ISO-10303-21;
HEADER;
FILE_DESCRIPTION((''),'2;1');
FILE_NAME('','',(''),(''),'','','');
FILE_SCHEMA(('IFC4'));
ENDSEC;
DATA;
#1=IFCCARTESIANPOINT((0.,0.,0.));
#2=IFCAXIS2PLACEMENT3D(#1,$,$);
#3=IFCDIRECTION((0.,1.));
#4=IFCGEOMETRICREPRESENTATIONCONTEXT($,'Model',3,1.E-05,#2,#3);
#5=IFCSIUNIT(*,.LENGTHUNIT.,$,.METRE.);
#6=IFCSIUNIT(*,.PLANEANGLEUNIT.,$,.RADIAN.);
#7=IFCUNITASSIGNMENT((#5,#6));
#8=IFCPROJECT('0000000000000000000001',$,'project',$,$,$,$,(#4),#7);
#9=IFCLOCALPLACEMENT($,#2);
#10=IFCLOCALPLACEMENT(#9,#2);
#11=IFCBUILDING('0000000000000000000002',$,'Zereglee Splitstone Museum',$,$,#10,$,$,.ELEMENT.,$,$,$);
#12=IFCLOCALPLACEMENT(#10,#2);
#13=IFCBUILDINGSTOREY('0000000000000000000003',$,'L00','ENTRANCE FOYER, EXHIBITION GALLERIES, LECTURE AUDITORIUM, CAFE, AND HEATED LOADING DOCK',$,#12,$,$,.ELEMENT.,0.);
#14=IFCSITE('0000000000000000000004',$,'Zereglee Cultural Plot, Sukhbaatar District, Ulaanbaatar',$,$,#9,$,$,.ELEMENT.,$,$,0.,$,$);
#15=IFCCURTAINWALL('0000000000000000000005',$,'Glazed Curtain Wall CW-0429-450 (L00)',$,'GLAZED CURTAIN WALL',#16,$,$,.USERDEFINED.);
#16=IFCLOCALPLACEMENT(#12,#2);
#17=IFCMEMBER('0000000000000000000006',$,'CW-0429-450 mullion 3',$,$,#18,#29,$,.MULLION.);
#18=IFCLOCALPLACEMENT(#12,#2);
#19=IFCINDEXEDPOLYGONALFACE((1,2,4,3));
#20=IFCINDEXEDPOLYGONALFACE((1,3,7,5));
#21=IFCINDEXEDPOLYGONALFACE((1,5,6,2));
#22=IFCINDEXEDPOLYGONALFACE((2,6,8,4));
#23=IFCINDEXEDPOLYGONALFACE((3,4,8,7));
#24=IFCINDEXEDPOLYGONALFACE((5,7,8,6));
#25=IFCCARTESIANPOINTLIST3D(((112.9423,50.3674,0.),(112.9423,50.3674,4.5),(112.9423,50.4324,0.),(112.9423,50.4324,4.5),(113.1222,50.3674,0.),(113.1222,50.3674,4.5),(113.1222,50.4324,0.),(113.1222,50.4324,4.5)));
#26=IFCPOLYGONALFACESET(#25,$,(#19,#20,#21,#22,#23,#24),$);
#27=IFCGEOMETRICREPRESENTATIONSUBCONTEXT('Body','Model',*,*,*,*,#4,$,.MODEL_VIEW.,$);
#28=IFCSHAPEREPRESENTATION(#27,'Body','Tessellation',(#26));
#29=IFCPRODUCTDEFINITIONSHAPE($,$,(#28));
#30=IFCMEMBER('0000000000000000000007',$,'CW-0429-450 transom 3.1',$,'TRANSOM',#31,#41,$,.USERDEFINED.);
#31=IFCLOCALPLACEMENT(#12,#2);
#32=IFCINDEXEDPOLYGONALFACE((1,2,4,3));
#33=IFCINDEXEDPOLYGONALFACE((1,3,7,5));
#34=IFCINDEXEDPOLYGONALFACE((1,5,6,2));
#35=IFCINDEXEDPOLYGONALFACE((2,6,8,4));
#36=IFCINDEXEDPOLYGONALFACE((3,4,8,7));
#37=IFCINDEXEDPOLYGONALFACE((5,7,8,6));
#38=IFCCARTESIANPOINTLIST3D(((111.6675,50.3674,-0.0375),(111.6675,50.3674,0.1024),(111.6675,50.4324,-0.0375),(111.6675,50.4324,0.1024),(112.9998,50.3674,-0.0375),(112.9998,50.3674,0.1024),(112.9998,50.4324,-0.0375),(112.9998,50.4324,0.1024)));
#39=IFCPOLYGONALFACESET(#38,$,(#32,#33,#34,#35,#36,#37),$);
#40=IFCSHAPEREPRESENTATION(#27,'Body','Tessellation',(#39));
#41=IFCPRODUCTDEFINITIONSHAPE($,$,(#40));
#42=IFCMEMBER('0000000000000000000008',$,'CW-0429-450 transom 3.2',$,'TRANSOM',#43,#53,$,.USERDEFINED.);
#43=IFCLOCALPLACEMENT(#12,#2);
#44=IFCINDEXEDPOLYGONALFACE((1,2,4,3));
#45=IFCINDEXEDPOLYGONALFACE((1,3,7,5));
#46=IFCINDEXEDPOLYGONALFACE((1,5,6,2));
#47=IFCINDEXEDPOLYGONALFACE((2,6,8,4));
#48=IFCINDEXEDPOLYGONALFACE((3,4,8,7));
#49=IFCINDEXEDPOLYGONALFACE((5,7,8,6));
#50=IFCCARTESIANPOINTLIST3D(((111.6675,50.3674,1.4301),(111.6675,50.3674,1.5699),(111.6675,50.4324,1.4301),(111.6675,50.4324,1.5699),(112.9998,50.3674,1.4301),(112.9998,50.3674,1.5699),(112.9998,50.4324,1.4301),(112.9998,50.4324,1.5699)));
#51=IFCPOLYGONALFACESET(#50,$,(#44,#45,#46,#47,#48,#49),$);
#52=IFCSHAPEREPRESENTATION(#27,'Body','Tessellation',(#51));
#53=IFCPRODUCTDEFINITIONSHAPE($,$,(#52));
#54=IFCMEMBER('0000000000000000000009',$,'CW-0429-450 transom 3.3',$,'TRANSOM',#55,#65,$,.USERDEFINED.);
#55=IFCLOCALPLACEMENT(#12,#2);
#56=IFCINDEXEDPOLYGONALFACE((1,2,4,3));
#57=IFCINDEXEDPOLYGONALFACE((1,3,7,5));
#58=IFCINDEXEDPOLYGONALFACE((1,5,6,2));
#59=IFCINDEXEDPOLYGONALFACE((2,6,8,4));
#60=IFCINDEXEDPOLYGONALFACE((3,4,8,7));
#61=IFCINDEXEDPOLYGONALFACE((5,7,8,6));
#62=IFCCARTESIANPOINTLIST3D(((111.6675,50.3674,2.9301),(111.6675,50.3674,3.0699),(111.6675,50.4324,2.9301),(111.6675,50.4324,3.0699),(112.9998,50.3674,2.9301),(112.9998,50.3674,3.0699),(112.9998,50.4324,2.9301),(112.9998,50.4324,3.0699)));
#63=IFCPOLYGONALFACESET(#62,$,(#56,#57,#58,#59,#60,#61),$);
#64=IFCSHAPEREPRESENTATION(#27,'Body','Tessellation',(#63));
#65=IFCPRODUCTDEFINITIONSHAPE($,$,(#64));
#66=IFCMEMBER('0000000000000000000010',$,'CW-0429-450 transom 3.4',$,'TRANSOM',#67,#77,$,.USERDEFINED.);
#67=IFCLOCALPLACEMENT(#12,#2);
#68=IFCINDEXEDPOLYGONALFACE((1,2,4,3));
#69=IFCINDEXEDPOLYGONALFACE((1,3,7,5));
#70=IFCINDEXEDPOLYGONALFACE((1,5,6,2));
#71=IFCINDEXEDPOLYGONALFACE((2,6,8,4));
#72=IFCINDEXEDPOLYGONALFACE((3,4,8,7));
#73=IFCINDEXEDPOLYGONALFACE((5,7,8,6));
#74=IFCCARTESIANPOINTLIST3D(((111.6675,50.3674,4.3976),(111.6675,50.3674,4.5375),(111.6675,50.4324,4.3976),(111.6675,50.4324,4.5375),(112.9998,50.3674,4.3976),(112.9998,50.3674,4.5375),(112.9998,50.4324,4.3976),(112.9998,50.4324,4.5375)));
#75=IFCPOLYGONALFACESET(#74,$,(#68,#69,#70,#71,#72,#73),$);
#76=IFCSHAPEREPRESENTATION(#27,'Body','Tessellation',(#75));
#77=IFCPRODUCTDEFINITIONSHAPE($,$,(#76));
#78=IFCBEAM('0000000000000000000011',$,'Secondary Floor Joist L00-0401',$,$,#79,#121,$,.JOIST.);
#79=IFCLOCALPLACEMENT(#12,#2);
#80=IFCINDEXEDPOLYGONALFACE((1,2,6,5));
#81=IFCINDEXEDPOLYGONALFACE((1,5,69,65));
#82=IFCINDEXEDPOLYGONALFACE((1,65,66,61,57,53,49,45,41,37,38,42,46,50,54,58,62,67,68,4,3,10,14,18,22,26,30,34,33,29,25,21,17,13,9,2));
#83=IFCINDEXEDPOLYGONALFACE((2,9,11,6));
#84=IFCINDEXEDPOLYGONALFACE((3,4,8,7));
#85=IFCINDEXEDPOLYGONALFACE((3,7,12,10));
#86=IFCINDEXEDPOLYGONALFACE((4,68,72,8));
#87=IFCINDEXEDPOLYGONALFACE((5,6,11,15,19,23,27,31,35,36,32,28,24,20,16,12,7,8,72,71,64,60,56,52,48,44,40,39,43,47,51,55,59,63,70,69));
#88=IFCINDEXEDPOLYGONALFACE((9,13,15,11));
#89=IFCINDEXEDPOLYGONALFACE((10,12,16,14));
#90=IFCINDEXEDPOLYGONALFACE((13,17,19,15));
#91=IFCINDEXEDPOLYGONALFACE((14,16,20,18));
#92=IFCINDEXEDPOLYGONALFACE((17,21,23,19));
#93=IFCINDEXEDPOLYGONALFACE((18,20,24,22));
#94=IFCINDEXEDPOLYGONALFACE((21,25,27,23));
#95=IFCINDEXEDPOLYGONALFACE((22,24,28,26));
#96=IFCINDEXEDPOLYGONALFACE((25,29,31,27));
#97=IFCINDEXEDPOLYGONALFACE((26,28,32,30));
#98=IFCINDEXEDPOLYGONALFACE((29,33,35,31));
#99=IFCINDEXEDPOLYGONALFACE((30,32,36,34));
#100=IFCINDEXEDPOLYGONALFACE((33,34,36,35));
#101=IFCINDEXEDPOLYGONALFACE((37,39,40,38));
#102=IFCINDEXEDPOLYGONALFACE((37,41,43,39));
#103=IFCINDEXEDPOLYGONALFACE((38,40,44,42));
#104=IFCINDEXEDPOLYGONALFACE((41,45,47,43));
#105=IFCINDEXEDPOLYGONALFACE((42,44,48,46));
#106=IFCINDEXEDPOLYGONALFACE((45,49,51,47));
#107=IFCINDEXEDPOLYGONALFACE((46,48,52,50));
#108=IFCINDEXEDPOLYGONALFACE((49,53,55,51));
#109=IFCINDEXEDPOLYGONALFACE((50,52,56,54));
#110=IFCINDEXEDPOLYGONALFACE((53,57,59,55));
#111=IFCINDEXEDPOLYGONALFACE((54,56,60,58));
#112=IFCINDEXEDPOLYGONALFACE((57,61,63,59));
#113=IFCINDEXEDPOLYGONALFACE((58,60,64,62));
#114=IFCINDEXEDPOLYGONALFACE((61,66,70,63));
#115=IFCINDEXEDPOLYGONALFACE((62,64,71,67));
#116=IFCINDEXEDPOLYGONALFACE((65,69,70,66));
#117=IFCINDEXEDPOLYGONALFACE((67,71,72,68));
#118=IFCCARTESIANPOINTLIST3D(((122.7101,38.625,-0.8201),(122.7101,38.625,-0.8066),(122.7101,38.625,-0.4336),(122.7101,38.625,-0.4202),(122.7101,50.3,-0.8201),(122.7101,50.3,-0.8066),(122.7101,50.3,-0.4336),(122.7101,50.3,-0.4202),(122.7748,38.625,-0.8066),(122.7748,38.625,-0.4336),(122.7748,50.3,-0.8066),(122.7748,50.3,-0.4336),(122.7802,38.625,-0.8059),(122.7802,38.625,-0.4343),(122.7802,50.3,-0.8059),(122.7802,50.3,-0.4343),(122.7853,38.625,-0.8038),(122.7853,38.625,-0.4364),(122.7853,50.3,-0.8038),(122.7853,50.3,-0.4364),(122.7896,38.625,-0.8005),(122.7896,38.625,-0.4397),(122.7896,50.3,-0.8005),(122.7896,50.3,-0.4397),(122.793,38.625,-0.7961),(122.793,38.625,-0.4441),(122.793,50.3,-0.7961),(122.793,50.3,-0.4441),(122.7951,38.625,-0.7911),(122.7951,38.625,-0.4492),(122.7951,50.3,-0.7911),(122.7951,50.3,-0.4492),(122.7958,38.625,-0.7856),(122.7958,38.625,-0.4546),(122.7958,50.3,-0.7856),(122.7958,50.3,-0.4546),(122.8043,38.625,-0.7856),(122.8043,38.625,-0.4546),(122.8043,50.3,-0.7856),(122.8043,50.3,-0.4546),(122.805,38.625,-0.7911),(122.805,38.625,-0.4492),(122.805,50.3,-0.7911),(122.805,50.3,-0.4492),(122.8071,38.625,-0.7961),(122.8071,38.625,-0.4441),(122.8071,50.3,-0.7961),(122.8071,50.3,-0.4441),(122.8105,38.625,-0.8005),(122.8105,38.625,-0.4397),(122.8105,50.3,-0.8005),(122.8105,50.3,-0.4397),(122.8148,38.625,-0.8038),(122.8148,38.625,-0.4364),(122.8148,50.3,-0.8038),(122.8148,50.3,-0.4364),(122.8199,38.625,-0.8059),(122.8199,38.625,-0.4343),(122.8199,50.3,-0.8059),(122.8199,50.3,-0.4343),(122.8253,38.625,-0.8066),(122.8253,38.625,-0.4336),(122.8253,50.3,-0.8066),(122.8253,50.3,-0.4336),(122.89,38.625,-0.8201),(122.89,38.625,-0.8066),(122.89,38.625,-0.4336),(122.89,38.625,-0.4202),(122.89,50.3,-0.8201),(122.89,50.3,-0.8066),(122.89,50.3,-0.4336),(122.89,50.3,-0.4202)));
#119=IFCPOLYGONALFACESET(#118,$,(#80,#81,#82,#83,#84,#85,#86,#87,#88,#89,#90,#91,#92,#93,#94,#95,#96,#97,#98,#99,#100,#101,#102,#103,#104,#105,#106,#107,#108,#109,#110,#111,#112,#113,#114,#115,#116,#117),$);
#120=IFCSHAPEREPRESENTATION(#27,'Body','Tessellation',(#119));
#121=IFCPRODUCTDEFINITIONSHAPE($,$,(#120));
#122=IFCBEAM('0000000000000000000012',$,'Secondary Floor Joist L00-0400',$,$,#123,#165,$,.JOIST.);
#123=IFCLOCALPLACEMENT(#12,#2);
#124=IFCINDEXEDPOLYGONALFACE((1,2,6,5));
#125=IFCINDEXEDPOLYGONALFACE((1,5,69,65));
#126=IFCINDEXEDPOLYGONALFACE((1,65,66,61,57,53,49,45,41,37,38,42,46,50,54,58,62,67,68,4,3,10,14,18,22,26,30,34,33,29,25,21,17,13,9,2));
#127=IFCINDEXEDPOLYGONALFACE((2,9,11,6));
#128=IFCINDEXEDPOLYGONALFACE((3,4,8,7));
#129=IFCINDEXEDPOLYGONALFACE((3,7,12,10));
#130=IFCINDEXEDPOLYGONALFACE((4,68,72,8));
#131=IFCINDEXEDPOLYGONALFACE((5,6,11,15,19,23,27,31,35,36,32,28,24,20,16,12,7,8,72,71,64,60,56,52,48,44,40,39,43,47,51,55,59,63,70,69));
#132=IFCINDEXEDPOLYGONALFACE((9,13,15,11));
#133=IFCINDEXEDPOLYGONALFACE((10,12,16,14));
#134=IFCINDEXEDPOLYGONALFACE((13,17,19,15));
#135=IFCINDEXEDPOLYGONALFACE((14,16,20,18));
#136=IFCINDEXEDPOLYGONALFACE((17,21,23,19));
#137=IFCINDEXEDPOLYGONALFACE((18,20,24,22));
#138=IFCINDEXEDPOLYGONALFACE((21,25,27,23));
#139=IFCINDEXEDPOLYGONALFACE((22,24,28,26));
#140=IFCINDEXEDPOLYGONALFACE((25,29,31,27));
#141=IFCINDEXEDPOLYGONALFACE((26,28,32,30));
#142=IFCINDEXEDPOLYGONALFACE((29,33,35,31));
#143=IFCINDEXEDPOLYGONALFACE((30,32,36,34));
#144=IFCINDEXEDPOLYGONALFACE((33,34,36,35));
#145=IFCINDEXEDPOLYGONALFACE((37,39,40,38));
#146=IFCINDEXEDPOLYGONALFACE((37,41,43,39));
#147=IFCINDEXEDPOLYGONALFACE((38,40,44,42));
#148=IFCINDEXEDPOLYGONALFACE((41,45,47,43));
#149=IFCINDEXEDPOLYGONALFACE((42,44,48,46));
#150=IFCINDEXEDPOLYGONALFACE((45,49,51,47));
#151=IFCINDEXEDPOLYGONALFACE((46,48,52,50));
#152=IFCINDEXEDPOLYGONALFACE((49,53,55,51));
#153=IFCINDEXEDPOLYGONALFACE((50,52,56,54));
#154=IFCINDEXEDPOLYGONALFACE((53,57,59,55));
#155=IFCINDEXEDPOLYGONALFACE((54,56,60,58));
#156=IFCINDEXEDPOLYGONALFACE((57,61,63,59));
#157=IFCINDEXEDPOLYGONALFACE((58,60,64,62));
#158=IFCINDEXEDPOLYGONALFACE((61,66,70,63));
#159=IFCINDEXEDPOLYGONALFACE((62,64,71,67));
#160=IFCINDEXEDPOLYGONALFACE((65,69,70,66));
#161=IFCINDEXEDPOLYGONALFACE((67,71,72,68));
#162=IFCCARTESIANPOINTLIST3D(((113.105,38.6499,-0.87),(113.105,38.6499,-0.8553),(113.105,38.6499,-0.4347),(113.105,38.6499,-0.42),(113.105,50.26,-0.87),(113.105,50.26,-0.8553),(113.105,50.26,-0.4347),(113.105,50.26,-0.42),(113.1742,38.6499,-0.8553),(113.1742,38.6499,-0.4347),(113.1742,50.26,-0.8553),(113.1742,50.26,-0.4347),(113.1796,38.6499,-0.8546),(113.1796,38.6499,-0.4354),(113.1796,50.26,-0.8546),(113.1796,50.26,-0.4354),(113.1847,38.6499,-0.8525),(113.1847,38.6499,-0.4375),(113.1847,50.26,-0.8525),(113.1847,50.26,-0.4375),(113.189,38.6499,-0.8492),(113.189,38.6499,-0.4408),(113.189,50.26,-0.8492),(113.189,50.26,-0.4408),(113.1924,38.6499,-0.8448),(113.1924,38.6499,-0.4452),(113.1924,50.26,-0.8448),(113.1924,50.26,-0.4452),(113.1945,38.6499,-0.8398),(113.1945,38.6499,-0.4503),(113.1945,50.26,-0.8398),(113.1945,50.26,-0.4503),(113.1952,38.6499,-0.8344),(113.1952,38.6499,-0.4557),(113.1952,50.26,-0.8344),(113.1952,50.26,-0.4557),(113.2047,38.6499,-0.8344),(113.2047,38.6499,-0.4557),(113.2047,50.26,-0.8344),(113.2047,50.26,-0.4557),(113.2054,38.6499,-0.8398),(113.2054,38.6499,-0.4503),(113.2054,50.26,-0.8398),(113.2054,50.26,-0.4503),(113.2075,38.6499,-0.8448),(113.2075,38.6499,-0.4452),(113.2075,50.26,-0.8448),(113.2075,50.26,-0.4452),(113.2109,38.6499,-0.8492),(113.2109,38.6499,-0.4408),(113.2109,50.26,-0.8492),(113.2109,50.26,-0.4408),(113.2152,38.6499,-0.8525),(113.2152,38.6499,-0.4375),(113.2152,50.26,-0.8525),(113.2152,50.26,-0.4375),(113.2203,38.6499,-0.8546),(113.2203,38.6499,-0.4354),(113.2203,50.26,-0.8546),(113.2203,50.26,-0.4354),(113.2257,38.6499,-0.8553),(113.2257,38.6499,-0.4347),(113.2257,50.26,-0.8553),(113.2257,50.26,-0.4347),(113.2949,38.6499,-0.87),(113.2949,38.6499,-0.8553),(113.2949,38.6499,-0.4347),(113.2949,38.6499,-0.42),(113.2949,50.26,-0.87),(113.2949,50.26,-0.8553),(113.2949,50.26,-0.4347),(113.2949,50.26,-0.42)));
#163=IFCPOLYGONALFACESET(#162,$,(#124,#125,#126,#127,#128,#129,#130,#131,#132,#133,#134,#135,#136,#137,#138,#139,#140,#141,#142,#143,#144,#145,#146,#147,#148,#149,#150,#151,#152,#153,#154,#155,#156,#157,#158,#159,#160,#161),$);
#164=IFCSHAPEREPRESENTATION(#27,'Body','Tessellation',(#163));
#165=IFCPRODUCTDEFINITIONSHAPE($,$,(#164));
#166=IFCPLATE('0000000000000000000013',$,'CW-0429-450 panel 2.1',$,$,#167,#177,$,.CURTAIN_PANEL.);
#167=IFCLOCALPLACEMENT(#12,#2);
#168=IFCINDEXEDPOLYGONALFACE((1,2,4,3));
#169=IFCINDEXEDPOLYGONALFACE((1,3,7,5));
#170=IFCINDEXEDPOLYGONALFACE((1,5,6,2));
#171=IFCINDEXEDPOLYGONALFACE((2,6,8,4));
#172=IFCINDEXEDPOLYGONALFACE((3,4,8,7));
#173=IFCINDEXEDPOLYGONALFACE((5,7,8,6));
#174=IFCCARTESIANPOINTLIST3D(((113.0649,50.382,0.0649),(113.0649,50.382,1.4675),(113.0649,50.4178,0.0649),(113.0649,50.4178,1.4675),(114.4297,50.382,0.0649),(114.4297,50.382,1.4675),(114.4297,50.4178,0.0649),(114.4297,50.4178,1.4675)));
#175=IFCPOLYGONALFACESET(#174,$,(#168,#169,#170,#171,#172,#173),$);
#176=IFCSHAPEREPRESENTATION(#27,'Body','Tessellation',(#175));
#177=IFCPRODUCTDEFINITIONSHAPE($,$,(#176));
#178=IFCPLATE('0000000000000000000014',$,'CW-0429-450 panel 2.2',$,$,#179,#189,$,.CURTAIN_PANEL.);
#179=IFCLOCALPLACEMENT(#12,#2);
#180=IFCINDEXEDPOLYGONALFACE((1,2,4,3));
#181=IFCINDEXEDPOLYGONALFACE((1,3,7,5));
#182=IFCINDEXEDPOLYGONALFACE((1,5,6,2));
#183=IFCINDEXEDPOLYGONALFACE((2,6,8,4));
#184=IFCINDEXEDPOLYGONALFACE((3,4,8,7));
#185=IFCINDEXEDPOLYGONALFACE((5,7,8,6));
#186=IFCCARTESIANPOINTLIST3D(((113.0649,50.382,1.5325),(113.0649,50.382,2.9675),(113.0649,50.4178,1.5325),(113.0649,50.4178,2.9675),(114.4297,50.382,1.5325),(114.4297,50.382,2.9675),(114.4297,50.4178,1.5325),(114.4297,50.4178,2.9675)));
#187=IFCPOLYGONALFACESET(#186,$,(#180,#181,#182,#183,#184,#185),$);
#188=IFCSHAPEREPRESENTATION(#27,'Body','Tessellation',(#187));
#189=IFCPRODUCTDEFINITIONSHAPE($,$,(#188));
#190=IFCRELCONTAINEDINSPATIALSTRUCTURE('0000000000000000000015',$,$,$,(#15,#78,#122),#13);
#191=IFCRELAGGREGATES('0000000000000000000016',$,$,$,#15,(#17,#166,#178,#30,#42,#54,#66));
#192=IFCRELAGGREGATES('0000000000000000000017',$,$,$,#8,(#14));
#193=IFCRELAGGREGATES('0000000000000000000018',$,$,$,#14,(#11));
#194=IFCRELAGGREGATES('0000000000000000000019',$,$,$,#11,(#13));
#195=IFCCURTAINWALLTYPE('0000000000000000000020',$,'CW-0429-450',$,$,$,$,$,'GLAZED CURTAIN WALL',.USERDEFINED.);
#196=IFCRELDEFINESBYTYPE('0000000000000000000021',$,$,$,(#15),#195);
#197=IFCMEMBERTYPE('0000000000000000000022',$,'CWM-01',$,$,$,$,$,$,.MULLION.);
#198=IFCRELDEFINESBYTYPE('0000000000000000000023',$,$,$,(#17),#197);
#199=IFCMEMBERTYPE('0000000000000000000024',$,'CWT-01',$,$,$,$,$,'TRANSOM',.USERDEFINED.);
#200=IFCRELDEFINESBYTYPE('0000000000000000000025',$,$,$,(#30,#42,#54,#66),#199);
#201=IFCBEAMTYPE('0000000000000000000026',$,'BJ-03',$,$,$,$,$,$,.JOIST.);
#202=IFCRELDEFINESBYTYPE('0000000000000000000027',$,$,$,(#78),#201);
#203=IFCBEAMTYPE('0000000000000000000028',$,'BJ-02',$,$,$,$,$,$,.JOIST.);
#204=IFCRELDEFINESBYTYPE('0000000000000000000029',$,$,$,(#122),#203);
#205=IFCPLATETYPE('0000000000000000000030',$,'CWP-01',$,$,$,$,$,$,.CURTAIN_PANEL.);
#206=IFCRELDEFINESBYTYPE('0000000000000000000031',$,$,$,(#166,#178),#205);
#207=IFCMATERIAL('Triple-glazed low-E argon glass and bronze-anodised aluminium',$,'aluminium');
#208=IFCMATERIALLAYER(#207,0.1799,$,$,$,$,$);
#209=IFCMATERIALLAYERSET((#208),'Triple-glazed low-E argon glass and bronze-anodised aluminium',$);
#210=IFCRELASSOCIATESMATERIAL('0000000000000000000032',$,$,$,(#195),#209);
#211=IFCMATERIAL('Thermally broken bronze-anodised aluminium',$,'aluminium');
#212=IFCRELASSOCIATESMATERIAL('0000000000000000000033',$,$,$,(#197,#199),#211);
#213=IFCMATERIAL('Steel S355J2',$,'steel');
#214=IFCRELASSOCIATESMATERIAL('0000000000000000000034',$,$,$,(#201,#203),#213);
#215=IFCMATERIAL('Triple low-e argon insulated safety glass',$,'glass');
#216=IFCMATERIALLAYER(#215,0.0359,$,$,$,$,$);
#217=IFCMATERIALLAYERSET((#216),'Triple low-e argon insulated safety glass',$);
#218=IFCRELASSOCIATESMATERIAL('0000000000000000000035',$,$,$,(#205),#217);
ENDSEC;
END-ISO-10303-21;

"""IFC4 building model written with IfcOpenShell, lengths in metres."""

from ifc_helpers import new_model, si_unit, direction, frame, origin, origin_2d, place, context, subcontext, project, spatial, rectangle, i_section, extrude, material, layer, layer_set, material_profile, profile_set, type_object, element, aggregate, save


model = new_model("IFC4")

# Units and contexts
model_context = context("Model", 3, precision=1e-05, world=origin(), true_north=direction((0.0, 1.0)))
body_context = subcontext(model_context, "Body", "Model", "MODEL_VIEW")
ifc_project = project(units=[si_unit("LENGTHUNIT", "METRE"), si_unit("PLANEANGLEUNIT", "RADIAN")], contexts=[model_context])

# Site, building, storey
site_placement = place(None, origin())
site = spatial("IfcSite", under=ifc_project, at=site_placement, Name="Zereglee Cultural Plot, Sukhbaatar District, Ulaanbaatar", CompositionType="ELEMENT", RefElevation=0.0)
building_placement = place(site_placement, origin())
building = spatial("IfcBuilding", under=site, at=building_placement, Name="Zereglee Splitstone Museum", CompositionType="ELEMENT")
storey_placement = place(building_placement, origin())
storey = spatial("IfcBuildingStorey", under=building, at=storey_placement, Name="L00", Description="ENTRANCE FOYER, EXHIBITION GALLERIES, LECTURE AUDITORIUM, CAFE, AND HEATED LOADING DOCK", CompositionType="ELEMENT", Elevation=0.0)

# Curtain wall, members
ifc_material_1 = material(Name="Triple-glazed low-E argon glass and bronze-anodised aluminium", Category="aluminium")
ifc_layer_1 = layer(ifc_material_1, 0.1799)
ifc_layer_set_1 = layer_set([ifc_layer_1], Name="Triple-glazed low-E argon glass and bronze-anodised aluminium")
curtain_wall_type = type_object("IfcCurtainWallType", Name="CW-0429-450", ElementType="GLAZED CURTAIN WALL", PredefinedType="USERDEFINED", material=ifc_layer_set_1)
curtain_wall_placement = place(storey_placement, origin())
curtain_wall = element("IfcCurtainWall", 1, at=curtain_wall_placement, inside=storey, type_object=curtain_wall_type, Name="Glazed Curtain Wall CW-0429-450 (L00)", ObjectType="GLAZED CURTAIN WALL", PredefinedType="USERDEFINED")
ifc_material_2 = material(Name="Thermally broken bronze-anodised aluminium", Category="aluminium")
ifc_material_profile_1 = material_profile(ifc_material_2, rectangle(XDim=0.0649, YDim=0.1799, at=origin_2d()), Name="CW MULL 65x180")
ifc_profile_set_1 = profile_set([ifc_material_profile_1], Name="Thermally broken bronze-anodised aluminium")
member_type_1 = type_object("IfcMemberType", Name="CWM-01", PredefinedType="MULLION", material=ifc_profile_set_1)
member_1_placement = place(storey_placement, frame((113.0322, 50.3999, 0.0), z_axis=(0.0, 0.0, 1.0), x_axis=(0.0, -1.0, 0.0)))
member_1 = element("IfcMember", 2, at=member_1_placement, type_object=member_type_1, Name="CW-0429-450 mullion 3", PredefinedType="MULLION", context=body_context, shape_type="SweptSolid", body=[
    extrude(rectangle(XDim=0.0649, YDim=0.1799, at=origin_2d()), origin(), (0.0, 0.0, 1.0), 4.5),
])
ifc_material_profile_2 = material_profile(ifc_material_2, rectangle(XDim=0.0649, YDim=0.1399, at=origin_2d()), Name="CW TRAN 65x140")
ifc_profile_set_2 = profile_set([ifc_material_profile_2], Name="Thermally broken bronze-anodised aluminium")
member_type_2 = type_object("IfcMemberType", Name="CWT-01", ElementType="TRANSOM", PredefinedType="USERDEFINED", material=ifc_profile_set_2)
member_2_placement = place(storey_placement, frame((112.9998, 50.3999, 0.0325), z_axis=(-1.0, 0.0, 0.0), x_axis=(0.0, -1.0, 0.0)))
member_2 = element("IfcMember", 3, at=member_2_placement, type_object=member_type_2, Name="CW-0429-450 transom 3.1", ObjectType="TRANSOM", PredefinedType="USERDEFINED", context=body_context, shape_type="SweptSolid", body=[
    extrude(rectangle(XDim=0.0649, YDim=0.1399, at=origin_2d()), origin(), (0.0, 0.0, 1.0), 1.3323),
])
member_3_placement = place(storey_placement, frame((112.9998, 50.3999, 1.5), z_axis=(-1.0, 0.0, 0.0), x_axis=(0.0, -1.0, 0.0)))
member_3 = element("IfcMember", 4, at=member_3_placement, type_object=member_type_2, Name="CW-0429-450 transom 3.2", ObjectType="TRANSOM", PredefinedType="USERDEFINED", context=body_context, shape_type="SweptSolid", body=[
    extrude(rectangle(XDim=0.0649, YDim=0.1399, at=origin_2d()), origin(), (0.0, 0.0, 1.0), 1.3323),
])
member_4_placement = place(storey_placement, frame((112.9998, 50.3999, 3.0), z_axis=(-1.0, 0.0, 0.0), x_axis=(0.0, -1.0, 0.0)))
member_4 = element("IfcMember", 5, at=member_4_placement, type_object=member_type_2, Name="CW-0429-450 transom 3.3", ObjectType="TRANSOM", PredefinedType="USERDEFINED", context=body_context, shape_type="SweptSolid", body=[
    extrude(rectangle(XDim=0.0649, YDim=0.1399, at=origin_2d()), origin(), (0.0, 0.0, 1.0), 1.3323),
])
member_5_placement = place(storey_placement, frame((112.9998, 50.3999, 4.4675), z_axis=(-1.0, 0.0, 0.0), x_axis=(0.0, -1.0, 0.0)))
member_5 = element("IfcMember", 6, at=member_5_placement, type_object=member_type_2, Name="CW-0429-450 transom 3.4", ObjectType="TRANSOM", PredefinedType="USERDEFINED", context=body_context, shape_type="SweptSolid", body=[
    extrude(rectangle(XDim=0.0649, YDim=0.1399, at=origin_2d()), origin(), (0.0, 0.0, 1.0), 1.3323),
])

# Beams
ifc_material_3 = material(Name="Steel S355J2", Category="steel")
ifc_material_profile_3 = material_profile(ifc_material_3, i_section(OverallWidth=0.1799, OverallDepth=0.3999, WebThickness=0.0085, FlangeThickness=0.0134, FilletRadius=0.021, at=origin_2d()), Name="IPE 400")
ifc_profile_set_3 = profile_set([ifc_material_profile_3], Name="Steel S355J2")
beam_type_1 = type_object("IfcBeamType", Name="BJ-03", PredefinedType="JOIST", material=ifc_profile_set_3)
beam_1_placement = place(storey_placement, frame((122.8, 38.625, -0.6201), z_axis=(0.0, 1.0, 0.0), x_axis=(-1.0, 0.0, 0.0)))
element("IfcBeam", 7, at=beam_1_placement, inside=storey, type_object=beam_type_1, Name="Secondary Floor Joist L00-0401", PredefinedType="JOIST", context=body_context, shape_type="SweptSolid", body=[
    extrude(i_section(OverallWidth=0.1799, OverallDepth=0.3999, WebThickness=0.0085, FlangeThickness=0.0134, FilletRadius=0.021, at=origin_2d()), origin(), (0.0, 0.0, 1.0), 11.675),
])
ifc_material_profile_4 = material_profile(ifc_material_3, i_section(OverallWidth=0.1899, OverallDepth=0.45, WebThickness=0.0095, FlangeThickness=0.0146, FilletRadius=0.021, at=origin_2d()), Name="IPE 450")
ifc_profile_set_4 = profile_set([ifc_material_profile_4], Name="Steel S355J2")
beam_type_2 = type_object("IfcBeamType", Name="BJ-02", PredefinedType="JOIST", material=ifc_profile_set_4)
beam_2_placement = place(storey_placement, frame((113.2, 38.6499, -0.645), z_axis=(0.0, 1.0, 0.0), x_axis=(-1.0, 0.0, 0.0)))
element("IfcBeam", 8, at=beam_2_placement, inside=storey, type_object=beam_type_2, Name="Secondary Floor Joist L00-0400", PredefinedType="JOIST", context=body_context, shape_type="SweptSolid", body=[
    extrude(i_section(OverallWidth=0.1899, OverallDepth=0.45, WebThickness=0.0095, FlangeThickness=0.0146, FilletRadius=0.021, at=origin_2d()), origin(), (0.0, 0.0, 1.0), 11.6101),
])

# Plates
ifc_material_4 = material(Name="Triple low-e argon insulated safety glass", Category="glass")
ifc_layer_2 = layer(ifc_material_4, 0.0359)
ifc_layer_set_2 = layer_set([ifc_layer_2], Name="Triple low-e argon insulated safety glass")
plate_type = type_object("IfcPlateType", Name="CWP-01", PredefinedType="CURTAIN_PANEL", material=ifc_layer_set_2)
plate_1_placement = place(storey_placement, frame((113.7473, 50.3999, 0.0649), z_axis=(0.0, 0.0, 1.0), x_axis=(-1.0, 0.0, 0.0)))
plate_1 = element("IfcPlate", 9, at=plate_1_placement, type_object=plate_type, Name="CW-0429-450 panel 2.1", PredefinedType="CURTAIN_PANEL", context=body_context, shape_type="SweptSolid", body=[
    extrude(rectangle(XDim=1.3647, YDim=0.0359, at=origin_2d()), origin(), (0.0, 0.0, 1.0), 1.4026),
])
plate_2_placement = place(storey_placement, frame((113.7473, 50.3999, 1.5325), z_axis=(0.0, 0.0, 1.0), x_axis=(-1.0, 0.0, 0.0)))
plate_2 = element("IfcPlate", 10, at=plate_2_placement, type_object=plate_type, Name="CW-0429-450 panel 2.2", PredefinedType="CURTAIN_PANEL", context=body_context, shape_type="SweptSolid", body=[
    extrude(rectangle(XDim=1.3647, YDim=0.0359, at=origin_2d()), origin(), (0.0, 0.0, 1.0), 1.4351),
])
aggregate(curtain_wall, [member_1, plate_1, plate_2, member_2, member_3, member_4, member_5])

save(model, "model.ifc")
